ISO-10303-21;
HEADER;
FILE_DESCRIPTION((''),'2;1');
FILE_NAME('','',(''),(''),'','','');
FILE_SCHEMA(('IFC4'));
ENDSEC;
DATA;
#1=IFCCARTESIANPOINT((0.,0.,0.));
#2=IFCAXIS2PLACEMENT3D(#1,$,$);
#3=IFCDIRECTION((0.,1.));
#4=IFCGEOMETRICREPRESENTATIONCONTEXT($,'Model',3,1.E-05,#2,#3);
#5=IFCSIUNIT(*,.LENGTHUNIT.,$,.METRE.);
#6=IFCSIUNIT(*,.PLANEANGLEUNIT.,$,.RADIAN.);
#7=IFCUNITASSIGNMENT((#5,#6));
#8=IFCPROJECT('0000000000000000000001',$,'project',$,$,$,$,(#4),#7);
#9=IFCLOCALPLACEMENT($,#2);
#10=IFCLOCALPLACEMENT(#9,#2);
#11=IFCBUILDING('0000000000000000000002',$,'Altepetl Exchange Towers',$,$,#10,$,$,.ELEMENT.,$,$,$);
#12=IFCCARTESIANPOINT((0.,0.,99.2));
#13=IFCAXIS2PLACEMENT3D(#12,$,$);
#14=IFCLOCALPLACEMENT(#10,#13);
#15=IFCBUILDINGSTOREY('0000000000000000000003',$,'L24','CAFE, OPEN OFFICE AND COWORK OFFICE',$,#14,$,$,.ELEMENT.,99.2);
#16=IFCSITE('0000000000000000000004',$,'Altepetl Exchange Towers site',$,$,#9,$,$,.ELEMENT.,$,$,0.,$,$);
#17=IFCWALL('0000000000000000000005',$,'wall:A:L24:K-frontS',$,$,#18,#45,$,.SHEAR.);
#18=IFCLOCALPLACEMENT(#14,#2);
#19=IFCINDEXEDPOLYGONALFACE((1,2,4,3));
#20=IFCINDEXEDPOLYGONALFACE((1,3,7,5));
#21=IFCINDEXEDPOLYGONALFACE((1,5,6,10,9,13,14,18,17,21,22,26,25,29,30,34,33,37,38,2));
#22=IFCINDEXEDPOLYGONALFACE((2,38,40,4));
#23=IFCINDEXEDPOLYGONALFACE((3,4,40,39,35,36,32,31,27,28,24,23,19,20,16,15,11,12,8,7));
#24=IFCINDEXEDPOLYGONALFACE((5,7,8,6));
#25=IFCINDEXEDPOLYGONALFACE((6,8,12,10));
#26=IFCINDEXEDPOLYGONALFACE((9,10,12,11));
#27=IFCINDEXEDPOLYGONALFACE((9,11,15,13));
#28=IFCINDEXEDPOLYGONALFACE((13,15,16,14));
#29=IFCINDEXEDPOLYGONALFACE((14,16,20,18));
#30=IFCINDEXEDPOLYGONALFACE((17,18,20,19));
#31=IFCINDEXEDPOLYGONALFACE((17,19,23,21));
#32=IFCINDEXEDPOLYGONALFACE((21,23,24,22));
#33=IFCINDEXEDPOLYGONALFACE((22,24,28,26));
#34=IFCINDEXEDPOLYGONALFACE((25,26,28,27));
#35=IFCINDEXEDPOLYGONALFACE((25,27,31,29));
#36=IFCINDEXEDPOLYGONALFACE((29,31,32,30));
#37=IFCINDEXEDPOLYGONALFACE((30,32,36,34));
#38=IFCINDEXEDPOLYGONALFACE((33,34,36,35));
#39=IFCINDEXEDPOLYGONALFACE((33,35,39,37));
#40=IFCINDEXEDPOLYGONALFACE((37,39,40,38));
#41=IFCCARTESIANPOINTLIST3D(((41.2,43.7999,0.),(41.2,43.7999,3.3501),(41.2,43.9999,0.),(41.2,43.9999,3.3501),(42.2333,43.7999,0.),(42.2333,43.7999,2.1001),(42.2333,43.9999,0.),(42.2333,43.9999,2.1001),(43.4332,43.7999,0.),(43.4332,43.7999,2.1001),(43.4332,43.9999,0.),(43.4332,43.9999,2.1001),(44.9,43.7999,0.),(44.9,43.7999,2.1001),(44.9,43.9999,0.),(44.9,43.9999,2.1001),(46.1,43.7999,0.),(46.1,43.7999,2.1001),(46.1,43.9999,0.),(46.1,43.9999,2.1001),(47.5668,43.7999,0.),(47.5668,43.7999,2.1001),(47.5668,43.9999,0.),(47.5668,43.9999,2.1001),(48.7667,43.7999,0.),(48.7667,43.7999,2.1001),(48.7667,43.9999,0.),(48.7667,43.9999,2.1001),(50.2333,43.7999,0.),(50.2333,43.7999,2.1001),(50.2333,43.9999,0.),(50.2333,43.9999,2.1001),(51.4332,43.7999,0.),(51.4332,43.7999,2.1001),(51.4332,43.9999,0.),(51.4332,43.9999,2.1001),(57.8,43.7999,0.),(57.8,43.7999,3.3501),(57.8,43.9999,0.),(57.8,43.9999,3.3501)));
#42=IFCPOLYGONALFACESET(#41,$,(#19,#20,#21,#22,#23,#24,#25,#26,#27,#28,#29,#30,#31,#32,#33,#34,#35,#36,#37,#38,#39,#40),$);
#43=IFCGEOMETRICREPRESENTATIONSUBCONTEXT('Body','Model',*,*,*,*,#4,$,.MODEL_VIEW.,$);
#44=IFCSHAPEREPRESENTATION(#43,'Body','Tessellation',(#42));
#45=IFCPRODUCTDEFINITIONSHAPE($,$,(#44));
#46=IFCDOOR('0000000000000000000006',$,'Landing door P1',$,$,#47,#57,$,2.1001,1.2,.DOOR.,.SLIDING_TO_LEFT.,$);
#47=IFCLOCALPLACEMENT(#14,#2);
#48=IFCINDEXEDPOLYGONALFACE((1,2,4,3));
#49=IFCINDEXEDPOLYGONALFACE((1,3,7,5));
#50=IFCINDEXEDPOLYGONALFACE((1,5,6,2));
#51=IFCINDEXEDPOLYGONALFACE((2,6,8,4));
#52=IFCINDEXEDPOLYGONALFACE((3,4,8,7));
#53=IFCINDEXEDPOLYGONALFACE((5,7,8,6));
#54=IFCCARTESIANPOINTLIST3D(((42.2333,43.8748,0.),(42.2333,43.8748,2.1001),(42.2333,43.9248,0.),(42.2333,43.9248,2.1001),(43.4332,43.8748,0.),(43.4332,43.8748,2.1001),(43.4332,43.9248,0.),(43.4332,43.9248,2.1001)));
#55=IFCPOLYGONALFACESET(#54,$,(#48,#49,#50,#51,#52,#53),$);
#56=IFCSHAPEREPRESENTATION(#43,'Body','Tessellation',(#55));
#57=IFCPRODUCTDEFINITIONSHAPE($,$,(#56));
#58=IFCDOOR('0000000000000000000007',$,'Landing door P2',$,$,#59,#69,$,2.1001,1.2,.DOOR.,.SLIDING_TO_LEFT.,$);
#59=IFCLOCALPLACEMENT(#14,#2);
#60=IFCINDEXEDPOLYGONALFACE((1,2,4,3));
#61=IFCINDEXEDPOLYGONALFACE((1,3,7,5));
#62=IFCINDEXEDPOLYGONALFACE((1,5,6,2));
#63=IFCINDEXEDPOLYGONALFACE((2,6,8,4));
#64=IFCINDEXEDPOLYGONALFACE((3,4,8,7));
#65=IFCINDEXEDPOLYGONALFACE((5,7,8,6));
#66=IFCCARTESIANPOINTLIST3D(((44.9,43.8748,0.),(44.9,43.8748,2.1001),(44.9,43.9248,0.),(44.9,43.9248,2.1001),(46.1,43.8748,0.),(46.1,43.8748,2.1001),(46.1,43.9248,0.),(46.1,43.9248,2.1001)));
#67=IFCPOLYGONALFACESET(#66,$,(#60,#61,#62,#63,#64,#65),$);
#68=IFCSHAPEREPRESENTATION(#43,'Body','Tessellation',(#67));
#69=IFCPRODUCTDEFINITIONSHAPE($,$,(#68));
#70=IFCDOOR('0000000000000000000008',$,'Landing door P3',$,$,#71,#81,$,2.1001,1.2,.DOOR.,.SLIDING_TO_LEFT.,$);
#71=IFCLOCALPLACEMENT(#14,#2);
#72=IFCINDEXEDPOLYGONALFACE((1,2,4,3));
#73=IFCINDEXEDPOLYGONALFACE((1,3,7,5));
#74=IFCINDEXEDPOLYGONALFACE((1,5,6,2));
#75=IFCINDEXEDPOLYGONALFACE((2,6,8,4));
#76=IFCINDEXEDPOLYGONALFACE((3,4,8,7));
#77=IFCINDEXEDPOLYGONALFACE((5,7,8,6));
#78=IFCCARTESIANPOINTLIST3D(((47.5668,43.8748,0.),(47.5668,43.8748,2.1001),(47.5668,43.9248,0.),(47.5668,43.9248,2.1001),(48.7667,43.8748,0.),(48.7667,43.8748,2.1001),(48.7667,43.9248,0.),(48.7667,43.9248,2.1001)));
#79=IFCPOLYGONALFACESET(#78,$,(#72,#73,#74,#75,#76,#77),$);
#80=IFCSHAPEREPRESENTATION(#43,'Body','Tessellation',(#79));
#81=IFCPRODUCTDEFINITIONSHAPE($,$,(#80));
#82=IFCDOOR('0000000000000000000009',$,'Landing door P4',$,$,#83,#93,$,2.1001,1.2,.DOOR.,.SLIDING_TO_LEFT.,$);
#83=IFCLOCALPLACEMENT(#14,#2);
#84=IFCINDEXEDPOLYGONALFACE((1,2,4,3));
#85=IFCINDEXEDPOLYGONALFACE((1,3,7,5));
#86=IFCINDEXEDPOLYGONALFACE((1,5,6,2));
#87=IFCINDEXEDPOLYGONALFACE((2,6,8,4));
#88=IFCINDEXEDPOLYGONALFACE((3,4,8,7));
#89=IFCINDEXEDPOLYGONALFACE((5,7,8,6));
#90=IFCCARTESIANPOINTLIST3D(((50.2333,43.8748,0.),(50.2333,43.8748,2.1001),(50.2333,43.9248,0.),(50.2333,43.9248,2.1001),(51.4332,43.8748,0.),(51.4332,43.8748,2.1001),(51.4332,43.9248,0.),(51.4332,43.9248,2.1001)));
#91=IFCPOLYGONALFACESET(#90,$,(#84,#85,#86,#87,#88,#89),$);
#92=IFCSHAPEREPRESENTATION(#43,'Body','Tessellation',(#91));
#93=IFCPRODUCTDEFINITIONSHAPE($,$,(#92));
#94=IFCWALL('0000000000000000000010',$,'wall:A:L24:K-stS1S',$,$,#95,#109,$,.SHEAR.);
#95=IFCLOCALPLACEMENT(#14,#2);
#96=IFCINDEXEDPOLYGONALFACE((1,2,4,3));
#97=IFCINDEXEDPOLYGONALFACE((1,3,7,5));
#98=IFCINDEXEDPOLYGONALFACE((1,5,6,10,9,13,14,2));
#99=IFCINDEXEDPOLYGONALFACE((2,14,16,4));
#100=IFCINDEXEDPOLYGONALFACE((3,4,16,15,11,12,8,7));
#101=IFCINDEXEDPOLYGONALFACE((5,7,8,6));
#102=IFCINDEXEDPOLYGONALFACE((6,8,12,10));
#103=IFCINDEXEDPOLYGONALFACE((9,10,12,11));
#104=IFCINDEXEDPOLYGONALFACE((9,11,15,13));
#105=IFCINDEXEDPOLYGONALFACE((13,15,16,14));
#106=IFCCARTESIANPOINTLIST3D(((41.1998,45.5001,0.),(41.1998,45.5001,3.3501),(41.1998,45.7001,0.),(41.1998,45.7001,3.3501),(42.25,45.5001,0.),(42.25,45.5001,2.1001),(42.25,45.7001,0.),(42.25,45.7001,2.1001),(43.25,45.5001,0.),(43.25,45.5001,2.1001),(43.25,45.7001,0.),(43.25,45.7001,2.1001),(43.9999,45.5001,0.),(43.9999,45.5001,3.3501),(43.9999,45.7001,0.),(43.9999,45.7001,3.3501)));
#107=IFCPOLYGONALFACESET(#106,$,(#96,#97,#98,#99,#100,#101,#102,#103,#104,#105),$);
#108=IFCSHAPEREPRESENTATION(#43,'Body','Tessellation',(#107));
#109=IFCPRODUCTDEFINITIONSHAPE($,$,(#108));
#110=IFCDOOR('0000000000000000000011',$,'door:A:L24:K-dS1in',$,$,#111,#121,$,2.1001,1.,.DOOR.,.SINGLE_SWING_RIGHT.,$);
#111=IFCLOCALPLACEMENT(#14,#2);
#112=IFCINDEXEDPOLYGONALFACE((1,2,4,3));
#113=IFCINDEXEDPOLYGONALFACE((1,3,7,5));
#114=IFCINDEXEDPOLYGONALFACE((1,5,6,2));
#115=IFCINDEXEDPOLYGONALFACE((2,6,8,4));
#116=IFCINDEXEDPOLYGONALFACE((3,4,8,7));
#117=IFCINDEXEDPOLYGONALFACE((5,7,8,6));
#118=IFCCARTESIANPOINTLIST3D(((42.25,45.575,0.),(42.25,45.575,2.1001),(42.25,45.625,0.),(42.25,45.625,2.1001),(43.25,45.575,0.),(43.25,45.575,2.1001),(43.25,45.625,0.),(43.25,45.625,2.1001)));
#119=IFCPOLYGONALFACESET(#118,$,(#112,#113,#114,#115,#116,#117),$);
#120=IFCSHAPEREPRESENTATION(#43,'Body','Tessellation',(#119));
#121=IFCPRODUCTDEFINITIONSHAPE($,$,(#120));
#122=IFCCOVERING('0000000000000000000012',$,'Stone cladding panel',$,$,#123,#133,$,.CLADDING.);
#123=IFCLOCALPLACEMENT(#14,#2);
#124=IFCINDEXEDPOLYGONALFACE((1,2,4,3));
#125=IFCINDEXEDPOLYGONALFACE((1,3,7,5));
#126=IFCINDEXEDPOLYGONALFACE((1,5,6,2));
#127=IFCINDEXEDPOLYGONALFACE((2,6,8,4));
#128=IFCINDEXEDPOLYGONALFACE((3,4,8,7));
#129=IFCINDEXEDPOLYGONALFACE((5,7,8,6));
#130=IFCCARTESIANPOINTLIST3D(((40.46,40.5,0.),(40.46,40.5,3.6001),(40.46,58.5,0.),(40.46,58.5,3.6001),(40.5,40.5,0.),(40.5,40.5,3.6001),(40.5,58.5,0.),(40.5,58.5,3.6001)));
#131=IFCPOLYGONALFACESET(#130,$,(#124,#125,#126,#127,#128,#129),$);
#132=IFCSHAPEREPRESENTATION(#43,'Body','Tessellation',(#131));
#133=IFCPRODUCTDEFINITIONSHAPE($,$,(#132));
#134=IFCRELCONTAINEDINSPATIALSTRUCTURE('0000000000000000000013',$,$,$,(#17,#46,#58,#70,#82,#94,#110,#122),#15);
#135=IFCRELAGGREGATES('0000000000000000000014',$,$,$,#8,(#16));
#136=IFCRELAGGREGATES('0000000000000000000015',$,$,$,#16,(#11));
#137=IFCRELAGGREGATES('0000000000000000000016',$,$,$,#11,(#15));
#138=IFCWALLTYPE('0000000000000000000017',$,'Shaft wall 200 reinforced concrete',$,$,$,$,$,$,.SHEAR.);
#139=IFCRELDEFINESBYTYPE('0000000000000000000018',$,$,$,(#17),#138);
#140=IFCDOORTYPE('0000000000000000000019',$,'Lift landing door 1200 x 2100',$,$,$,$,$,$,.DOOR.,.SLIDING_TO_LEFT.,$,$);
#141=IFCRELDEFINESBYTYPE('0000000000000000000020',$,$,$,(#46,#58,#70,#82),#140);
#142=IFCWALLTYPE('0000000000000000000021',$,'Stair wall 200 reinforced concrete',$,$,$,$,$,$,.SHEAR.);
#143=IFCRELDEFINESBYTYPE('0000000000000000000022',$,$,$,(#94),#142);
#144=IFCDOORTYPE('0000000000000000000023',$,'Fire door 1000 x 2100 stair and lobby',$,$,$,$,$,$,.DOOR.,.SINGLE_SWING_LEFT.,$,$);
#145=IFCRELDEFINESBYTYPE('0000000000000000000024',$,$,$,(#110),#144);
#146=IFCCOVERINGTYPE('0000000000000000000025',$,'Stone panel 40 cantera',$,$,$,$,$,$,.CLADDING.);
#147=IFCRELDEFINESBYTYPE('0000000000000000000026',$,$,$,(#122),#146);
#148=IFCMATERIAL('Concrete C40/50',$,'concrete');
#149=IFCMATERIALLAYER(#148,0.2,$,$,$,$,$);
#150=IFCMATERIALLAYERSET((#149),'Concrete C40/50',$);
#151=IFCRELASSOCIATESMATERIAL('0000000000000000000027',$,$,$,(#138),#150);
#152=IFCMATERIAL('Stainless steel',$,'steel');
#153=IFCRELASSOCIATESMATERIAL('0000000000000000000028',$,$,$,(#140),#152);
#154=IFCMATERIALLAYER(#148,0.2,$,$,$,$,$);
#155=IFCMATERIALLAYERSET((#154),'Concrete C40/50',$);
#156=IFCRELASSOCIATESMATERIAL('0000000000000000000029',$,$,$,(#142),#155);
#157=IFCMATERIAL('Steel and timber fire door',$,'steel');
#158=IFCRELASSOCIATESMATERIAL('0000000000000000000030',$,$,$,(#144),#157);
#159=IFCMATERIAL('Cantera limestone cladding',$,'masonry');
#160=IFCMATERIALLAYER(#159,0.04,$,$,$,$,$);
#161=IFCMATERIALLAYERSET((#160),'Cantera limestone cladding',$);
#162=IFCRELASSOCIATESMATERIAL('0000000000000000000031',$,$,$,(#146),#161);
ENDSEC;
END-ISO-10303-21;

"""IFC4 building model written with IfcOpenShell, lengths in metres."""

from ifc_helpers import new_model, si_unit, direction, frame, frame_2d, origin, origin_2d, place, context, subcontext, project, spatial, rectangle, extrude, material, layer, layer_set, type_object, element, fill, save


model = new_model("IFC4")

# Units and contexts
model_context = context("Model", 3, precision=1e-05, world=origin(), true_north=direction((0.0, 1.0)))
body_context = subcontext(model_context, "Body", "Model", "MODEL_VIEW")
ifc_project = project(units=[si_unit("LENGTHUNIT", "METRE"), si_unit("PLANEANGLEUNIT", "RADIAN")], contexts=[model_context])

# Site, building, storey
site_placement = place(None, origin())
site = spatial("IfcSite", under=ifc_project, at=site_placement, Name="Altepetl Exchange Towers site", CompositionType="ELEMENT", RefElevation=0.0)
building_placement = place(site_placement, origin())
building = spatial("IfcBuilding", under=site, at=building_placement, Name="Altepetl Exchange Towers", CompositionType="ELEMENT")
storey_placement = place(building_placement, frame((0.0, 0.0, 99.2)))
storey = spatial("IfcBuildingStorey", under=building, at=storey_placement, Name="L24", Description="CAFE, OPEN OFFICE AND COWORK OFFICE", CompositionType="ELEMENT", Elevation=99.2)

# Wall, openings, doors
ifc_material_1 = material(Name="Concrete C40/50", Category="concrete")
ifc_layer_1 = layer(ifc_material_1, 0.2)
ifc_layer_set_1 = layer_set([ifc_layer_1], Name="Concrete C40/50")
wall_type_1 = type_object("IfcWallType", Name="Shaft wall 200 reinforced concrete", PredefinedType="SHEAR", material=ifc_layer_set_1)
wall_1_placement = place(storey_placement, frame((41.2, 43.8999, 0.0)))
wall_1 = element("IfcWall", 1, at=wall_1_placement, inside=storey, type_object=wall_type_1, Name="wall:A:L24:K-frontS", PredefinedType="SHEAR", context=body_context, shape_type="SweptSolid", body=[
    extrude(rectangle(XDim=16.6001, YDim=0.2, at=frame_2d((8.3, 0.0))), origin(), (0.0, 0.0, 1.0), 3.3501),
])
opening_1_placement = place(wall_1_placement, frame((1.0332, 0.0, 0.0)))
opening_1 = element("IfcOpeningElement", 2, at=opening_1_placement, cuts=wall_1, PredefinedType="OPENING", context=body_context, shape_type="SweptSolid", body=[
    extrude(rectangle(XDim=1.2, YDim=2.1001, at=frame_2d((0.6001, 1.05))), frame((0.0, 0.1099, 0.0), z_axis=(0.0, -1.0, 0.0), x_axis=(1.0, 0.0, 0.0)), (0.0, 0.0, 1.0), 0.22),
])
opening_2_placement = place(wall_1_placement, frame((3.7, 0.0, 0.0)))
opening_2 = element("IfcOpeningElement", 3, at=opening_2_placement, cuts=wall_1, PredefinedType="OPENING", context=body_context, shape_type="SweptSolid", body=[
    extrude(rectangle(XDim=1.2, YDim=2.1001, at=frame_2d((0.6001, 1.05))), frame((0.0, 0.1099, 0.0), z_axis=(0.0, -1.0, 0.0), x_axis=(1.0, 0.0, 0.0)), (0.0, 0.0, 1.0), 0.22),
])
opening_3_placement = place(wall_1_placement, frame((6.3667, 0.0, 0.0)))
opening_3 = element("IfcOpeningElement", 4, at=opening_3_placement, cuts=wall_1, PredefinedType="OPENING", context=body_context, shape_type="SweptSolid", body=[
    extrude(rectangle(XDim=1.2, YDim=2.1001, at=frame_2d((0.6001, 1.05))), frame((0.0, 0.1099, 0.0), z_axis=(0.0, -1.0, 0.0), x_axis=(1.0, 0.0, 0.0)), (0.0, 0.0, 1.0), 0.22),
])
opening_4_placement = place(wall_1_placement, frame((9.0332, 0.0, 0.0)))
opening_4 = element("IfcOpeningElement", 5, at=opening_4_placement, cuts=wall_1, PredefinedType="OPENING", context=body_context, shape_type="SweptSolid", body=[
    extrude(rectangle(XDim=1.2, YDim=2.1001, at=frame_2d((0.6001, 1.05))), frame((0.0, 0.1099, 0.0), z_axis=(0.0, -1.0, 0.0), x_axis=(1.0, 0.0, 0.0)), (0.0, 0.0, 1.0), 0.22),
])
ifc_material_2 = material(Name="Stainless steel", Category="steel")
door_type_1 = type_object("IfcDoorType", Name="Lift landing door 1200 x 2100", OperationType="SLIDING_TO_LEFT", PredefinedType="DOOR", material=ifc_material_2)
door_1_placement = place(opening_1_placement, origin())
door_1 = element("IfcDoor", 6, at=door_1_placement, inside=storey, type_object=door_type_1, Name="Landing door P1", OperationType="SLIDING_TO_LEFT", OverallHeight=2.1001, OverallWidth=1.2, PredefinedType="DOOR", context=body_context, shape_type="SweptSolid", body=[
    extrude(rectangle(XDim=1.2, YDim=2.1001, at=frame_2d((0.6001, 1.05))), frame((0.0, 0.0249, 0.0), z_axis=(0.0, -1.0, 0.0), x_axis=(1.0, 0.0, 0.0)), (0.0, 0.0, 1.0), 0.05),
])
fill(opening_1, door_1)
door_2_placement = place(opening_2_placement, origin())
door_2 = element("IfcDoor", 7, at=door_2_placement, inside=storey, type_object=door_type_1, Name="Landing door P2", OperationType="SLIDING_TO_LEFT", OverallHeight=2.1001, OverallWidth=1.2, PredefinedType="DOOR", context=body_context, shape_type="SweptSolid", body=[
    extrude(rectangle(XDim=1.2, YDim=2.1001, at=frame_2d((0.6001, 1.05))), frame((0.0, 0.0249, 0.0), z_axis=(0.0, -1.0, 0.0), x_axis=(1.0, 0.0, 0.0)), (0.0, 0.0, 1.0), 0.05),
])
fill(opening_2, door_2)
door_3_placement = place(opening_3_placement, origin())
door_3 = element("IfcDoor", 8, at=door_3_placement, inside=storey, type_object=door_type_1, Name="Landing door P3", OperationType="SLIDING_TO_LEFT", OverallHeight=2.1001, OverallWidth=1.2, PredefinedType="DOOR", context=body_context, shape_type="SweptSolid", body=[
    extrude(rectangle(XDim=1.2, YDim=2.1001, at=frame_2d((0.6001, 1.05))), frame((0.0, 0.0249, 0.0), z_axis=(0.0, -1.0, 0.0), x_axis=(1.0, 0.0, 0.0)), (0.0, 0.0, 1.0), 0.05),
])
fill(opening_3, door_3)
door_4_placement = place(opening_4_placement, origin())
door_4 = element("IfcDoor", 9, at=door_4_placement, inside=storey, type_object=door_type_1, Name="Landing door P4", OperationType="SLIDING_TO_LEFT", OverallHeight=2.1001, OverallWidth=1.2, PredefinedType="DOOR", context=body_context, shape_type="SweptSolid", body=[
    extrude(rectangle(XDim=1.2, YDim=2.1001, at=frame_2d((0.6001, 1.05))), frame((0.0, 0.0249, 0.0), z_axis=(0.0, -1.0, 0.0), x_axis=(1.0, 0.0, 0.0)), (0.0, 0.0, 1.0), 0.05),
])
fill(opening_4, door_4)

# Wall, opening, door
ifc_layer_2 = layer(ifc_material_1, 0.2)
ifc_layer_set_2 = layer_set([ifc_layer_2], Name="Concrete C40/50")
wall_type_2 = type_object("IfcWallType", Name="Stair wall 200 reinforced concrete", PredefinedType="SHEAR", material=ifc_layer_set_2)
wall_2_placement = place(storey_placement, frame((41.2, 45.6001, 0.0)))
wall_2 = element("IfcWall", 10, at=wall_2_placement, inside=storey, type_object=wall_type_2, Name="wall:A:L24:K-stS1S", PredefinedType="SHEAR", context=body_context, shape_type="SweptSolid", body=[
    extrude(rectangle(XDim=2.8, YDim=0.2, at=frame_2d((1.3999, 0.0))), origin(), (0.0, 0.0, 1.0), 3.3501),
])
opening_5_placement = place(wall_2_placement, frame((1.05, 0.0, 0.0)))
opening_5 = element("IfcOpeningElement", 11, at=opening_5_placement, cuts=wall_2, PredefinedType="OPENING", context=body_context, shape_type="SweptSolid", body=[
    extrude(rectangle(XDim=1.0, YDim=2.1001, at=frame_2d((0.5, 1.05))), frame((0.0, 0.1099, 0.0), z_axis=(0.0, -1.0, 0.0), x_axis=(1.0, 0.0, 0.0)), (0.0, 0.0, 1.0), 0.22),
])
ifc_material_3 = material(Name="Steel and timber fire door", Category="steel")
door_type_2 = type_object("IfcDoorType", Name="Fire door 1000 x 2100 stair and lobby", OperationType="SINGLE_SWING_LEFT", PredefinedType="DOOR", material=ifc_material_3)
door_5_placement = place(opening_5_placement, origin())
door_5 = element("IfcDoor", 12, at=door_5_placement, inside=storey, type_object=door_type_2, Name="door:A:L24:K-dS1in", OperationType="SINGLE_SWING_RIGHT", OverallHeight=2.1001, OverallWidth=1.0, PredefinedType="DOOR", context=body_context, shape_type="SweptSolid", body=[
    extrude(rectangle(XDim=1.0, YDim=2.1001, at=frame_2d((0.5, 1.05))), frame((0.0, 0.0249, 0.0), z_axis=(0.0, -1.0, 0.0), x_axis=(1.0, 0.0, 0.0)), (0.0, 0.0, 1.0), 0.05),
])
fill(opening_5, door_5)

# Covering
ifc_material_4 = material(Name="Cantera limestone cladding", Category="masonry")
ifc_layer_3 = layer(ifc_material_4, 0.04)
ifc_layer_set_3 = layer_set([ifc_layer_3], Name="Cantera limestone cladding")
covering_type = type_object("IfcCoveringType", Name="Stone panel 40 cantera", PredefinedType="CLADDING", material=ifc_layer_set_3)
covering_placement = place(storey_placement, frame((40.48, 49.5, 0.0), z_axis=(0.0, 0.0, 1.0), x_axis=(0.0, -1.0, 0.0)))
element("IfcCovering", 13, at=covering_placement, inside=storey, type_object=covering_type, Name="Stone cladding panel", PredefinedType="CLADDING", context=body_context, shape_type="SweptSolid", body=[
    extrude(rectangle(XDim=18.0, YDim=0.04, at=origin_2d()), origin(), (0.0, 0.0, 1.0), 3.6001),
])

save(model, "model.ifc")
